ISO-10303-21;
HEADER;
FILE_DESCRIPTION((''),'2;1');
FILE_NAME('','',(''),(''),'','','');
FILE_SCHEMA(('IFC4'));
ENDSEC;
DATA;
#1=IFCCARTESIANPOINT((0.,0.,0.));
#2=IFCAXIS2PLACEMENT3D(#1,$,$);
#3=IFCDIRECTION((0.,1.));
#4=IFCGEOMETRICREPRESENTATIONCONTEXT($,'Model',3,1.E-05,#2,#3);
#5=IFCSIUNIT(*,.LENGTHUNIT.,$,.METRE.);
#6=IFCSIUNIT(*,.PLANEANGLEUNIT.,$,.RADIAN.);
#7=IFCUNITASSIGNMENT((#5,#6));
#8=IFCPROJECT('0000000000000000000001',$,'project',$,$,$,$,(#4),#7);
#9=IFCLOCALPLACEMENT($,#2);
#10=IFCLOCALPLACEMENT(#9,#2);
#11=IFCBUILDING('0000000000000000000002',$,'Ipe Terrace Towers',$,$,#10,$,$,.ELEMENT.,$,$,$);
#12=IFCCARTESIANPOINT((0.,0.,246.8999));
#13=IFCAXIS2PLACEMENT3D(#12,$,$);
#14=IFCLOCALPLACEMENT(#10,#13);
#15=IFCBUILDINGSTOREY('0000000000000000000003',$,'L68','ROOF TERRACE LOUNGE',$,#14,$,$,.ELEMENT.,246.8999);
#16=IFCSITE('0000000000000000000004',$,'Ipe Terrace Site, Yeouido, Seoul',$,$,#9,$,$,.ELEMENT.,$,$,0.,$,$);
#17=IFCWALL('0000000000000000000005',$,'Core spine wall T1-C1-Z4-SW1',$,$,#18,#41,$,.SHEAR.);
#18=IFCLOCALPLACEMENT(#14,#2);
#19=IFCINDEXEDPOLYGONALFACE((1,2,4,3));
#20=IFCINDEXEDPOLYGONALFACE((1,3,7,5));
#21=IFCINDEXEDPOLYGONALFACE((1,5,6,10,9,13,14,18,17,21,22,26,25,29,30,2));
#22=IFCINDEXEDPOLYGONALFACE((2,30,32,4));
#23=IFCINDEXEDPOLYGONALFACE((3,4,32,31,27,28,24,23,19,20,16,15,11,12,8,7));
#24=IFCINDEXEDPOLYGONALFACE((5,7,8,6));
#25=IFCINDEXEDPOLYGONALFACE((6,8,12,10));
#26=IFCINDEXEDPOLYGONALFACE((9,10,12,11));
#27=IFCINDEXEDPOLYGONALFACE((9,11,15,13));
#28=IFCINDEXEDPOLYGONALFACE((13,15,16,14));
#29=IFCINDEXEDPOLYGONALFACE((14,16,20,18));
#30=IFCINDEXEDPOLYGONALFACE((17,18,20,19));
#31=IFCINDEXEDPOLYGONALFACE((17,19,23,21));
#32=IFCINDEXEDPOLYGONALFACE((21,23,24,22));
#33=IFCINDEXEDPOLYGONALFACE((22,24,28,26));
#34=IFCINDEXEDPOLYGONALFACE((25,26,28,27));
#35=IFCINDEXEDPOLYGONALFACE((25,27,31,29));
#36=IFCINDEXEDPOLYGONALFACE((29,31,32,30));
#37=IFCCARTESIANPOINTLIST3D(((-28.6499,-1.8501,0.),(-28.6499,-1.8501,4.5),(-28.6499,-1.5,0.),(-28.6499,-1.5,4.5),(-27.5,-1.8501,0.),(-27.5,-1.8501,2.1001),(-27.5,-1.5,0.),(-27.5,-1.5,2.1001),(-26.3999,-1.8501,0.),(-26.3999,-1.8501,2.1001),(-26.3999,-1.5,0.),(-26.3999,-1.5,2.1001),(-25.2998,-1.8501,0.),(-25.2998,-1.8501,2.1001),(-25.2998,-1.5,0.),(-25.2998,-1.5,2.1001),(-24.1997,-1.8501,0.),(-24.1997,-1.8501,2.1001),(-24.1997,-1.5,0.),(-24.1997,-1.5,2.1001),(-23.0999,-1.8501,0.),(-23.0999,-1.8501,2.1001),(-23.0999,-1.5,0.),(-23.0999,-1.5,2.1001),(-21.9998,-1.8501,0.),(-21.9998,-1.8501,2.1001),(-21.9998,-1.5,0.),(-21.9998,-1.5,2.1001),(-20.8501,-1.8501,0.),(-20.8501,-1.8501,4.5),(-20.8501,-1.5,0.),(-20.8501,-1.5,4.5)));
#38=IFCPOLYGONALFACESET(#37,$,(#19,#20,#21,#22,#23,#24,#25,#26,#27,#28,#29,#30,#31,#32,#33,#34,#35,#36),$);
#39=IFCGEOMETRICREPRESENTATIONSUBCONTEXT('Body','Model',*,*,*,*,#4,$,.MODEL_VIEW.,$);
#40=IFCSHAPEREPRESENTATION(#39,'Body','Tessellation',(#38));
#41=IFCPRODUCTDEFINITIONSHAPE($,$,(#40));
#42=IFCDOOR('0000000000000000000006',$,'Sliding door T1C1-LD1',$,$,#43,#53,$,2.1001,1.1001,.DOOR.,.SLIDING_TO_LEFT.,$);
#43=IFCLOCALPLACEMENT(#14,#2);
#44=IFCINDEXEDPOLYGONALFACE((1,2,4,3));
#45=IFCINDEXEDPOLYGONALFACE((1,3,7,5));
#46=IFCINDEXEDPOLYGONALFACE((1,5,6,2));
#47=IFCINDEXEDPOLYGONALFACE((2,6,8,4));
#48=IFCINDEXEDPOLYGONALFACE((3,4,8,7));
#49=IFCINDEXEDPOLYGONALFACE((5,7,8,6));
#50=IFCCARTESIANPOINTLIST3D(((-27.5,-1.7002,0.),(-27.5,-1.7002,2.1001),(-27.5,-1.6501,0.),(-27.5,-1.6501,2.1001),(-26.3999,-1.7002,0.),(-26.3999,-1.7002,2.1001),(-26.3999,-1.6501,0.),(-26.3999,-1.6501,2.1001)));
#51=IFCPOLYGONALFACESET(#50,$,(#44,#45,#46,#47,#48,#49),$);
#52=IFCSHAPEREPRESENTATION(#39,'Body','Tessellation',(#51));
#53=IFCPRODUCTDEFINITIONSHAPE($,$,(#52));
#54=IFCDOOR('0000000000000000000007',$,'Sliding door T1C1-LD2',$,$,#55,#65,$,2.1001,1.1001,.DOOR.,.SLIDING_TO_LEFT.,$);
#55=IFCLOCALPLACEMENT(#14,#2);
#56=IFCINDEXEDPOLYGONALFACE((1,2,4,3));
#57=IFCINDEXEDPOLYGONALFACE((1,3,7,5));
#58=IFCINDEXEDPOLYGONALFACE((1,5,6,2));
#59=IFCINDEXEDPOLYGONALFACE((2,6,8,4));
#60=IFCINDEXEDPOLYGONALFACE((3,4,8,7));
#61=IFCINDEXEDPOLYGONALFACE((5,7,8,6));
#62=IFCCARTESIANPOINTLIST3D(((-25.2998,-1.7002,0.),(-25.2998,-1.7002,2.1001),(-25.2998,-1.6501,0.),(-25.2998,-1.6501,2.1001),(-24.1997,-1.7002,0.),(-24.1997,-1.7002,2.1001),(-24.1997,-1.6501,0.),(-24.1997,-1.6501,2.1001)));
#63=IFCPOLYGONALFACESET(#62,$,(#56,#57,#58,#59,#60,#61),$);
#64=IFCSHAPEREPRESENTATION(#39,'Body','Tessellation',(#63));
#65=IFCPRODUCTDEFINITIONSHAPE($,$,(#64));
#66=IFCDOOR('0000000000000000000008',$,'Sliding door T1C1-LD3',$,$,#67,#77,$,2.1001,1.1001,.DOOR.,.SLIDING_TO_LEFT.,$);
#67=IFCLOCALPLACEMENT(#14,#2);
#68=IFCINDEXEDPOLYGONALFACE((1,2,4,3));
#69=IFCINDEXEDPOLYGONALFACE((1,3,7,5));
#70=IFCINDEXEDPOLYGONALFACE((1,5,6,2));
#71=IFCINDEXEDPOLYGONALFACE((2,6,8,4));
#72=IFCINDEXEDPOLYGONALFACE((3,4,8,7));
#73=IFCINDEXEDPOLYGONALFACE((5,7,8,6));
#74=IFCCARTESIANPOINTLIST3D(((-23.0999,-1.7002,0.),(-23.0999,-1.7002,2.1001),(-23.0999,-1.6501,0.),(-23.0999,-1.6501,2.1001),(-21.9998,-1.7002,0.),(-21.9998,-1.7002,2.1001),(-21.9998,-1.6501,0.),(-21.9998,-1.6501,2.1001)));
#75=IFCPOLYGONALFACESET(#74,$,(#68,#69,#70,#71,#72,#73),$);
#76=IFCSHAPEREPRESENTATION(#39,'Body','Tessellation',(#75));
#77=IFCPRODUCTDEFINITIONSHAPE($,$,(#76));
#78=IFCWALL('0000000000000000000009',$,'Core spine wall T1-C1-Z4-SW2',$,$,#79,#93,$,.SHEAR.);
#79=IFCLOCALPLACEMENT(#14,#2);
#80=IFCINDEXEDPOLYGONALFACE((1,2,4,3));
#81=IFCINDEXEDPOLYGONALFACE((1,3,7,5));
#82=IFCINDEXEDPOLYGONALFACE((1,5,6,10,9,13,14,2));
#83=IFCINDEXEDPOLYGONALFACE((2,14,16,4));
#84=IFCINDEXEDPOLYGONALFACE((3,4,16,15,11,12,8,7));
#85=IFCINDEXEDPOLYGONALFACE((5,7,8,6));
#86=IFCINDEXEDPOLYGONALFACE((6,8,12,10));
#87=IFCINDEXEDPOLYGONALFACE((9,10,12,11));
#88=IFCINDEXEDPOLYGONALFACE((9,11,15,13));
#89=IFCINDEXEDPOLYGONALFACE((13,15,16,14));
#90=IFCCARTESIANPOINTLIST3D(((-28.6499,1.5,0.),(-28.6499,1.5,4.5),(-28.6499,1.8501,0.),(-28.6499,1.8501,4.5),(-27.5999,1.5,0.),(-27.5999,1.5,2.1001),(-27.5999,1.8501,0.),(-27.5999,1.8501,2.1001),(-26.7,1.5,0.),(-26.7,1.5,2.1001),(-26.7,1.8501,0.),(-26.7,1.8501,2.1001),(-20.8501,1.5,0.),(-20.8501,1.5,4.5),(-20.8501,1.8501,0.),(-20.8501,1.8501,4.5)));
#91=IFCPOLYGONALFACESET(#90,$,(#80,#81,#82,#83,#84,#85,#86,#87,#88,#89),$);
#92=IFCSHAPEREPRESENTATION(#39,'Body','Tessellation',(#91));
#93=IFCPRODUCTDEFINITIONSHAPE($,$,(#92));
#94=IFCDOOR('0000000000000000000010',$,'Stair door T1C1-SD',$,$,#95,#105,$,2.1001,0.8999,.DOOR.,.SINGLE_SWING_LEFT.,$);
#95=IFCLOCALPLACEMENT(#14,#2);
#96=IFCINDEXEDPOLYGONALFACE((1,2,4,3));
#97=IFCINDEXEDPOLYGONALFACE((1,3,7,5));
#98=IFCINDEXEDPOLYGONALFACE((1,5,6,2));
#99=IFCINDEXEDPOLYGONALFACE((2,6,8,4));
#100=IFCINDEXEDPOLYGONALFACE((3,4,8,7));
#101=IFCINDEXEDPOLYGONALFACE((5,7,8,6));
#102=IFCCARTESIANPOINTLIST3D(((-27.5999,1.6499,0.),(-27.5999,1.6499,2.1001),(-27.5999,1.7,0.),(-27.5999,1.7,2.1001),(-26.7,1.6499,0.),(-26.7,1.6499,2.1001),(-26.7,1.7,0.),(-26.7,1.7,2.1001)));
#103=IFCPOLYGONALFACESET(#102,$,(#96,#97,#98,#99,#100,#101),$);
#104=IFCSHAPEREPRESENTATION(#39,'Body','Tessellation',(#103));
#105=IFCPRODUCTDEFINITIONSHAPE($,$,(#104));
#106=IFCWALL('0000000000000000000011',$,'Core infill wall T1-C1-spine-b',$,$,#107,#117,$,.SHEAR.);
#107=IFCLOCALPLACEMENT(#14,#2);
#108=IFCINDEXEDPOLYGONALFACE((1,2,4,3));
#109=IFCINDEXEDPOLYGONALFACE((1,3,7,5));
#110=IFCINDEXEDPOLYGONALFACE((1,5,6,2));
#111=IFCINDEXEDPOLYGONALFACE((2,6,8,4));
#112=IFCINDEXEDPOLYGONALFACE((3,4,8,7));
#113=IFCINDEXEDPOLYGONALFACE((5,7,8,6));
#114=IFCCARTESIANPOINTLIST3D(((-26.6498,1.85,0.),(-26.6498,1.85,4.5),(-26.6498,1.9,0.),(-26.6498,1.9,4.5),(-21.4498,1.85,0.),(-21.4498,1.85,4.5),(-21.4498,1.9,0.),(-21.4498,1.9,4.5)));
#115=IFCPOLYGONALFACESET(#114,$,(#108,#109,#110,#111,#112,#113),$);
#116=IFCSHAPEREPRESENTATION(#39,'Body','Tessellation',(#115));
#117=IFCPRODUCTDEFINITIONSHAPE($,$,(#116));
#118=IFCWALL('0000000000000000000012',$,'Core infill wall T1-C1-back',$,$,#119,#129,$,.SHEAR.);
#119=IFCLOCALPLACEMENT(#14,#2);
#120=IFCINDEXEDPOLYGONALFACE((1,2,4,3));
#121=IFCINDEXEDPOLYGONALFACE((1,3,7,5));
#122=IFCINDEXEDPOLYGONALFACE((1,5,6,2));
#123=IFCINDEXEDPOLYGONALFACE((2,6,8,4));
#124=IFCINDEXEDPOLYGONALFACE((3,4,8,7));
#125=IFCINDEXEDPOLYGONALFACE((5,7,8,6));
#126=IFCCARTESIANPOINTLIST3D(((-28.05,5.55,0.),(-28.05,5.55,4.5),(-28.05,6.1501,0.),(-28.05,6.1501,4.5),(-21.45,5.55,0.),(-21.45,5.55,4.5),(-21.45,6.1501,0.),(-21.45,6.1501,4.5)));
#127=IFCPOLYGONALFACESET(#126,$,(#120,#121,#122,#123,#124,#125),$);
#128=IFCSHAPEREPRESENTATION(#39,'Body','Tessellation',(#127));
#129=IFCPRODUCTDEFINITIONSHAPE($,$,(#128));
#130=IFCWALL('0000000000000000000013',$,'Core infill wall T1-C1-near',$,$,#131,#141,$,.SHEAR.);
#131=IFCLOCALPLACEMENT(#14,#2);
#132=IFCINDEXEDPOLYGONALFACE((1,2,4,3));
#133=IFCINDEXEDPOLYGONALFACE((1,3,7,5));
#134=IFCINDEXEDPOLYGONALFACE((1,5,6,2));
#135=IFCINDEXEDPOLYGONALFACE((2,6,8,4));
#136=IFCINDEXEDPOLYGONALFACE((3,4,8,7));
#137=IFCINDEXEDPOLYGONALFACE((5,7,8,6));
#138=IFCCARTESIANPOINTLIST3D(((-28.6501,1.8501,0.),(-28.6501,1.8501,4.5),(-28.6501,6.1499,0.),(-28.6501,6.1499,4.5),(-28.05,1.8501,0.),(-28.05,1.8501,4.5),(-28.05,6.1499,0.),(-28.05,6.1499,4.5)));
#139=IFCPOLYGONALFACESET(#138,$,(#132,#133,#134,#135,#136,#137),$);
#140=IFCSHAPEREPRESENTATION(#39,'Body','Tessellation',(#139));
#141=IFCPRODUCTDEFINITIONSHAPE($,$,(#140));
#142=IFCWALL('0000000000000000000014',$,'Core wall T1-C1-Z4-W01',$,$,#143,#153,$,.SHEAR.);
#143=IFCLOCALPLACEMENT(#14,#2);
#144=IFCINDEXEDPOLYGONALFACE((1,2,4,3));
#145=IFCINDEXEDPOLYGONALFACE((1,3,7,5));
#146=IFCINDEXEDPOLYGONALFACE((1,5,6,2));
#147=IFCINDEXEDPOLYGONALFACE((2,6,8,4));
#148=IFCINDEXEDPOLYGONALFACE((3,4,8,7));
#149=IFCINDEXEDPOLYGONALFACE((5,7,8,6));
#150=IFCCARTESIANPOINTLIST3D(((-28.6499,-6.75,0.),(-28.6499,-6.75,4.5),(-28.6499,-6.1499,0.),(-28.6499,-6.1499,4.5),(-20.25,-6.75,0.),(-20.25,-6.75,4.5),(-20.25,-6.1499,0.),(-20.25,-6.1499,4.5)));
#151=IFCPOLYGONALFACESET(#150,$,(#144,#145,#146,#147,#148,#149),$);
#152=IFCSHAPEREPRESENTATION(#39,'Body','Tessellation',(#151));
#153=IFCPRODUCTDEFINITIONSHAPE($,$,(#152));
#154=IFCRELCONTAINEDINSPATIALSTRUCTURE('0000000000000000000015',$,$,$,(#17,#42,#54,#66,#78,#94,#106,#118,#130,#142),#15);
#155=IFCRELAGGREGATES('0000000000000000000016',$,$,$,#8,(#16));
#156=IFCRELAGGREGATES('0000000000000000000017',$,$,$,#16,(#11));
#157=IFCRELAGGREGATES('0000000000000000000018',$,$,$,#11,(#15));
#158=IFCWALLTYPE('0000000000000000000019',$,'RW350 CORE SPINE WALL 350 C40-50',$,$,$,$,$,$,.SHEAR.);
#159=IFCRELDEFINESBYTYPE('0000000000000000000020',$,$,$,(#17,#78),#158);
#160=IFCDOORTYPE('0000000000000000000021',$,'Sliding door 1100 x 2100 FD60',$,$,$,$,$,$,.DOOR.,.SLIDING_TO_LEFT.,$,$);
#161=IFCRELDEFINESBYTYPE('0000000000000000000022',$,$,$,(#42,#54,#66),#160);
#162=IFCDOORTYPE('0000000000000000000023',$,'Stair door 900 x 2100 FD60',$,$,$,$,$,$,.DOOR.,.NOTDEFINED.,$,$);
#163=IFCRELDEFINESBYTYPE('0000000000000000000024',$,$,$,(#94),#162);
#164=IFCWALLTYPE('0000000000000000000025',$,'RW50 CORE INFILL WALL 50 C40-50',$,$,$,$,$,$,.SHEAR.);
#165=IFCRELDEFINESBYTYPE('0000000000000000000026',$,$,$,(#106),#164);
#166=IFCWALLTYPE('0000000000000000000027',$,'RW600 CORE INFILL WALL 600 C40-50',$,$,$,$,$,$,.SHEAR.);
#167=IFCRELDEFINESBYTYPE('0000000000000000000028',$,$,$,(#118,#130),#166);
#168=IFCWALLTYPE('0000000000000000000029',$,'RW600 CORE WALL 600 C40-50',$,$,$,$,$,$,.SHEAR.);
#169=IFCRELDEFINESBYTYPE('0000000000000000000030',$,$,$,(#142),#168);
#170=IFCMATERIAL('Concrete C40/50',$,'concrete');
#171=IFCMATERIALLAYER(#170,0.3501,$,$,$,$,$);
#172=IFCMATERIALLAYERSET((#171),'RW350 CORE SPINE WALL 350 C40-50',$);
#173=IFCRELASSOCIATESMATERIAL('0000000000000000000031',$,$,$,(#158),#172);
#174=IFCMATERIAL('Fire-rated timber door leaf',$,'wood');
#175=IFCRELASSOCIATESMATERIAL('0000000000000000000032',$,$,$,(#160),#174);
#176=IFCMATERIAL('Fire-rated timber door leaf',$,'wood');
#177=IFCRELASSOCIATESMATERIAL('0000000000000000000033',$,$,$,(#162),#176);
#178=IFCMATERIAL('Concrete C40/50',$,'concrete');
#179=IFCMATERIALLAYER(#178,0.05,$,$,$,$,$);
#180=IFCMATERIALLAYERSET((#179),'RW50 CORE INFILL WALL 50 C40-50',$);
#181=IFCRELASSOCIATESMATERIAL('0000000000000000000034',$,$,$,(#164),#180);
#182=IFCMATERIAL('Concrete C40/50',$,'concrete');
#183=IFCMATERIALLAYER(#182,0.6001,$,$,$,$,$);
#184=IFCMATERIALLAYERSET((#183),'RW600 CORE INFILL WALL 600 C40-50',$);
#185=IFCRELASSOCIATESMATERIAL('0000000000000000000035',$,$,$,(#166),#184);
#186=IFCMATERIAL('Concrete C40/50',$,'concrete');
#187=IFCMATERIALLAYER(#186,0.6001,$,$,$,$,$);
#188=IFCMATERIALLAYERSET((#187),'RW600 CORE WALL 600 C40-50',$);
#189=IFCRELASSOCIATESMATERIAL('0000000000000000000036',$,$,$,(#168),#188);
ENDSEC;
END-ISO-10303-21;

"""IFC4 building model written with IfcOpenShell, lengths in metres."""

from ifc_helpers import new_model, si_unit, direction, frame, frame_2d, origin, place, context, subcontext, project, spatial, rectangle, extrude, material, layer, layer_set, type_object, element, fill, save


model = new_model("IFC4")

# Units and contexts
model_context = context("Model", 3, precision=1e-05, world=origin(), true_north=direction((0.0, 1.0)))
body_context = subcontext(model_context, "Body", "Model", "MODEL_VIEW")
ifc_project = project(units=[si_unit("LENGTHUNIT", "METRE"), si_unit("PLANEANGLEUNIT", "RADIAN")], contexts=[model_context])

# Site, building, storey
site_placement = place(None, origin())
site = spatial("IfcSite", under=ifc_project, at=site_placement, Name="Ipe Terrace Site, Yeouido, Seoul", CompositionType="ELEMENT", RefElevation=0.0)
building_placement = place(site_placement, origin())
building = spatial("IfcBuilding", under=site, at=building_placement, Name="Ipe Terrace Towers", CompositionType="ELEMENT")
storey_placement = place(building_placement, frame((0.0, 0.0, 246.8999)))
storey = spatial("IfcBuildingStorey", under=building, at=storey_placement, Name="L68", Description="ROOF TERRACE LOUNGE", CompositionType="ELEMENT", Elevation=246.8999)

# Wall, openings, doors
ifc_material_1 = material(Name="Concrete C40/50", Category="concrete")
ifc_layer_1 = layer(ifc_material_1, 0.3501)
ifc_layer_set_1 = layer_set([ifc_layer_1], Name="RW350 CORE SPINE WALL 350 C40-50")
wall_type_1 = type_object("IfcWallType", Name="RW350 CORE SPINE WALL 350 C40-50", PredefinedType="SHEAR", material=ifc_layer_set_1)
wall_1_placement = place(storey_placement, frame((-28.6499, -1.675, 0.0), z_axis=(0.0, 0.0, 1.0), x_axis=(1.0, 0.0, 0.0)))
wall_1 = element("IfcWall", 1, at=wall_1_placement, inside=storey, type_object=wall_type_1, Name="Core spine wall T1-C1-Z4-SW1", PredefinedType="SHEAR", context=body_context, shape_type="SweptSolid", body=[
    extrude(rectangle(XDim=7.7998, YDim=0.3501, at=frame_2d((3.8999, 0.0))), origin(), (0.0, 0.0, 1.0), 4.5),
])
opening_1_placement = place(wall_1_placement, frame((1.1499, 0.0, 0.0)))
opening_1 = element("IfcOpeningElement", 2, at=opening_1_placement, cuts=wall_1, PredefinedType="OPENING", context=body_context, shape_type="SweptSolid", body=[
    extrude(rectangle(XDim=1.1001, YDim=2.1001, at=frame_2d((0.55, 1.05))), frame((0.0, 0.1851, 0.0), z_axis=(0.0, -1.0, 0.0), x_axis=(1.0, 0.0, 0.0)), (0.0, 0.0, 1.0), 0.3701),
])
opening_2_placement = place(wall_1_placement, frame((3.3501, 0.0, 0.0)))
opening_2 = element("IfcOpeningElement", 3, at=opening_2_placement, cuts=wall_1, PredefinedType="OPENING", context=body_context, shape_type="SweptSolid", body=[
    extrude(rectangle(XDim=1.1001, YDim=2.1001, at=frame_2d((0.55, 1.05))), frame((0.0, 0.1851, 0.0), z_axis=(0.0, -1.0, 0.0), x_axis=(1.0, 0.0, 0.0)), (0.0, 0.0, 1.0), 0.3701),
])
opening_3_placement = place(wall_1_placement, frame((5.55, 0.0, 0.0)))
opening_3 = element("IfcOpeningElement", 4, at=opening_3_placement, cuts=wall_1, PredefinedType="OPENING", context=body_context, shape_type="SweptSolid", body=[
    extrude(rectangle(XDim=1.1001, YDim=2.1001, at=frame_2d((0.55, 1.05))), frame((0.0, 0.1851, 0.0), z_axis=(0.0, -1.0, 0.0), x_axis=(1.0, 0.0, 0.0)), (0.0, 0.0, 1.0), 0.3701),
])
ifc_material_2 = material(Name="Fire-rated timber door leaf", Category="wood")
door_type_1 = type_object("IfcDoorType", Name="Sliding door 1100 x 2100 FD60", OperationType="SLIDING_TO_LEFT", PredefinedType="DOOR", material=ifc_material_2)
door_1_placement = place(opening_1_placement, origin())
door_1 = element("IfcDoor", 5, at=door_1_placement, inside=storey, type_object=door_type_1, Name="Sliding door T1C1-LD1", OperationType="SLIDING_TO_LEFT", OverallHeight=2.1001, OverallWidth=1.1001, PredefinedType="DOOR", context=body_context, shape_type="SweptSolid", body=[
    extrude(rectangle(XDim=1.1001, YDim=2.1001, at=frame_2d((0.55, 1.05))), frame((0.0, 0.0249, 0.0), z_axis=(0.0, -1.0, 0.0), x_axis=(1.0, 0.0, 0.0)), (0.0, 0.0, 1.0), 0.05),
])
fill(opening_1, door_1)
door_2_placement = place(opening_2_placement, origin())
door_2 = element("IfcDoor", 6, at=door_2_placement, inside=storey, type_object=door_type_1, Name="Sliding door T1C1-LD2", OperationType="SLIDING_TO_LEFT", OverallHeight=2.1001, OverallWidth=1.1001, PredefinedType="DOOR", context=body_context, shape_type="SweptSolid", body=[
    extrude(rectangle(XDim=1.1001, YDim=2.1001, at=frame_2d((0.55, 1.05))), frame((0.0, 0.0249, 0.0), z_axis=(0.0, -1.0, 0.0), x_axis=(1.0, 0.0, 0.0)), (0.0, 0.0, 1.0), 0.05),
])
fill(opening_2, door_2)
door_3_placement = place(opening_3_placement, origin())
door_3 = element("IfcDoor", 7, at=door_3_placement, inside=storey, type_object=door_type_1, Name="Sliding door T1C1-LD3", OperationType="SLIDING_TO_LEFT", OverallHeight=2.1001, OverallWidth=1.1001, PredefinedType="DOOR", context=body_context, shape_type="SweptSolid", body=[
    extrude(rectangle(XDim=1.1001, YDim=2.1001, at=frame_2d((0.55, 1.05))), frame((0.0, 0.0249, 0.0), z_axis=(0.0, -1.0, 0.0), x_axis=(1.0, 0.0, 0.0)), (0.0, 0.0, 1.0), 0.05),
])
fill(opening_3, door_3)

# Wall, opening, door
wall_2_placement = place(storey_placement, frame((-28.6499, 1.675, 0.0), z_axis=(0.0, 0.0, 1.0), x_axis=(1.0, 0.0, 0.0)))
wall_2 = element("IfcWall", 8, at=wall_2_placement, inside=storey, type_object=wall_type_1, Name="Core spine wall T1-C1-Z4-SW2", PredefinedType="SHEAR", context=body_context, shape_type="SweptSolid", body=[
    extrude(rectangle(XDim=7.7998, YDim=0.3501, at=frame_2d((3.8999, 0.0))), origin(), (0.0, 0.0, 1.0), 4.5),
])
opening_4_placement = place(wall_2_placement, frame((1.05, 0.0, 0.0)))
opening_4 = element("IfcOpeningElement", 9, at=opening_4_placement, cuts=wall_2, PredefinedType="OPENING", context=body_context, shape_type="SweptSolid", body=[
    extrude(rectangle(XDim=0.8999, YDim=2.1001, at=frame_2d((0.45, 1.05))), frame((0.0, 0.1851, 0.0), z_axis=(0.0, -1.0, 0.0), x_axis=(1.0, 0.0, 0.0)), (0.0, 0.0, 1.0), 0.3701),
])
ifc_material_3 = material(Name="Fire-rated timber door leaf", Category="wood")
door_type_2 = type_object("IfcDoorType", Name="Stair door 900 x 2100 FD60", OperationType="NOTDEFINED", PredefinedType="DOOR", material=ifc_material_3)
door_4_placement = place(opening_4_placement, origin())
door_4 = element("IfcDoor", 10, at=door_4_placement, inside=storey, type_object=door_type_2, Name="Stair door T1C1-SD", OperationType="SINGLE_SWING_LEFT", OverallHeight=2.1001, OverallWidth=0.8999, PredefinedType="DOOR", context=body_context, shape_type="SweptSolid", body=[
    extrude(rectangle(XDim=0.8999, YDim=2.1001, at=frame_2d((0.45, 1.05))), frame((0.0, 0.0249, 0.0), z_axis=(0.0, -1.0, 0.0), x_axis=(1.0, 0.0, 0.0)), (0.0, 0.0, 1.0), 0.05),
])
fill(opening_4, door_4)

# Walls
ifc_material_4 = material(Name="Concrete C40/50", Category="concrete")
ifc_layer_2 = layer(ifc_material_4, 0.05)
ifc_layer_set_2 = layer_set([ifc_layer_2], Name="RW50 CORE INFILL WALL 50 C40-50")
wall_type_2 = type_object("IfcWallType", Name="RW50 CORE INFILL WALL 50 C40-50", PredefinedType="SHEAR", material=ifc_layer_set_2)
wall_3_placement = place(storey_placement, frame((-26.6499, 1.875, 0.0), z_axis=(0.0, 0.0, 1.0), x_axis=(1.0, 0.0, 0.0)))
element("IfcWall", 11, at=wall_3_placement, inside=storey, type_object=wall_type_2, Name="Core infill wall T1-C1-spine-b", PredefinedType="SHEAR", context=body_context, shape_type="SweptSolid", body=[
    extrude(rectangle(XDim=5.2, YDim=0.05, at=frame_2d((2.6001, 0.0))), origin(), (0.0, 0.0, 1.0), 4.5),
])
ifc_material_5 = material(Name="Concrete C40/50", Category="concrete")
ifc_layer_3 = layer(ifc_material_5, 0.6001)
ifc_layer_set_3 = layer_set([ifc_layer_3], Name="RW600 CORE INFILL WALL 600 C40-50")
wall_type_3 = type_object("IfcWallType", Name="RW600 CORE INFILL WALL 600 C40-50", PredefinedType="SHEAR", material=ifc_layer_set_3)
wall_4_placement = place(storey_placement, frame((-28.05, 5.8501, 0.0), z_axis=(0.0, 0.0, 1.0), x_axis=(1.0, 0.0, 0.0)))
element("IfcWall", 12, at=wall_4_placement, inside=storey, type_object=wall_type_3, Name="Core infill wall T1-C1-back", PredefinedType="SHEAR", context=body_context, shape_type="SweptSolid", body=[
    extrude(rectangle(XDim=6.6001, YDim=0.6001, at=frame_2d((3.3, 0.0))), origin(), (0.0, 0.0, 1.0), 4.5),
])
wall_5_placement = place(storey_placement, frame((-28.3501, 1.8501, 0.0), z_axis=(0.0, 0.0, 1.0), x_axis=(0.0, 1.0, 0.0)))
element("IfcWall", 13, at=wall_5_placement, inside=storey, type_object=wall_type_3, Name="Core infill wall T1-C1-near", PredefinedType="SHEAR", context=body_context, shape_type="SweptSolid", body=[
    extrude(rectangle(XDim=4.2998, YDim=0.6001, at=frame_2d((2.1499, 0.0))), origin(), (0.0, 0.0, 1.0), 4.5),
])
ifc_material_6 = material(Name="Concrete C40/50", Category="concrete")
ifc_layer_4 = layer(ifc_material_6, 0.6001)
ifc_layer_set_4 = layer_set([ifc_layer_4], Name="RW600 CORE WALL 600 C40-50")
wall_type_4 = type_object("IfcWallType", Name="RW600 CORE WALL 600 C40-50", PredefinedType="SHEAR", material=ifc_layer_set_4)
wall_6_placement = place(storey_placement, frame((-28.6499, -6.45, 0.0), z_axis=(0.0, 0.0, 1.0), x_axis=(1.0, 0.0, 0.0)))
element("IfcWall", 14, at=wall_6_placement, inside=storey, type_object=wall_type_4, Name="Core wall T1-C1-Z4-W01", PredefinedType="SHEAR", context=body_context, shape_type="SweptSolid", body=[
    extrude(rectangle(XDim=8.3999, YDim=0.6001, at=frame_2d((4.2, 0.0))), origin(), (0.0, 0.0, 1.0), 4.5),
])

save(model, "model.ifc")
